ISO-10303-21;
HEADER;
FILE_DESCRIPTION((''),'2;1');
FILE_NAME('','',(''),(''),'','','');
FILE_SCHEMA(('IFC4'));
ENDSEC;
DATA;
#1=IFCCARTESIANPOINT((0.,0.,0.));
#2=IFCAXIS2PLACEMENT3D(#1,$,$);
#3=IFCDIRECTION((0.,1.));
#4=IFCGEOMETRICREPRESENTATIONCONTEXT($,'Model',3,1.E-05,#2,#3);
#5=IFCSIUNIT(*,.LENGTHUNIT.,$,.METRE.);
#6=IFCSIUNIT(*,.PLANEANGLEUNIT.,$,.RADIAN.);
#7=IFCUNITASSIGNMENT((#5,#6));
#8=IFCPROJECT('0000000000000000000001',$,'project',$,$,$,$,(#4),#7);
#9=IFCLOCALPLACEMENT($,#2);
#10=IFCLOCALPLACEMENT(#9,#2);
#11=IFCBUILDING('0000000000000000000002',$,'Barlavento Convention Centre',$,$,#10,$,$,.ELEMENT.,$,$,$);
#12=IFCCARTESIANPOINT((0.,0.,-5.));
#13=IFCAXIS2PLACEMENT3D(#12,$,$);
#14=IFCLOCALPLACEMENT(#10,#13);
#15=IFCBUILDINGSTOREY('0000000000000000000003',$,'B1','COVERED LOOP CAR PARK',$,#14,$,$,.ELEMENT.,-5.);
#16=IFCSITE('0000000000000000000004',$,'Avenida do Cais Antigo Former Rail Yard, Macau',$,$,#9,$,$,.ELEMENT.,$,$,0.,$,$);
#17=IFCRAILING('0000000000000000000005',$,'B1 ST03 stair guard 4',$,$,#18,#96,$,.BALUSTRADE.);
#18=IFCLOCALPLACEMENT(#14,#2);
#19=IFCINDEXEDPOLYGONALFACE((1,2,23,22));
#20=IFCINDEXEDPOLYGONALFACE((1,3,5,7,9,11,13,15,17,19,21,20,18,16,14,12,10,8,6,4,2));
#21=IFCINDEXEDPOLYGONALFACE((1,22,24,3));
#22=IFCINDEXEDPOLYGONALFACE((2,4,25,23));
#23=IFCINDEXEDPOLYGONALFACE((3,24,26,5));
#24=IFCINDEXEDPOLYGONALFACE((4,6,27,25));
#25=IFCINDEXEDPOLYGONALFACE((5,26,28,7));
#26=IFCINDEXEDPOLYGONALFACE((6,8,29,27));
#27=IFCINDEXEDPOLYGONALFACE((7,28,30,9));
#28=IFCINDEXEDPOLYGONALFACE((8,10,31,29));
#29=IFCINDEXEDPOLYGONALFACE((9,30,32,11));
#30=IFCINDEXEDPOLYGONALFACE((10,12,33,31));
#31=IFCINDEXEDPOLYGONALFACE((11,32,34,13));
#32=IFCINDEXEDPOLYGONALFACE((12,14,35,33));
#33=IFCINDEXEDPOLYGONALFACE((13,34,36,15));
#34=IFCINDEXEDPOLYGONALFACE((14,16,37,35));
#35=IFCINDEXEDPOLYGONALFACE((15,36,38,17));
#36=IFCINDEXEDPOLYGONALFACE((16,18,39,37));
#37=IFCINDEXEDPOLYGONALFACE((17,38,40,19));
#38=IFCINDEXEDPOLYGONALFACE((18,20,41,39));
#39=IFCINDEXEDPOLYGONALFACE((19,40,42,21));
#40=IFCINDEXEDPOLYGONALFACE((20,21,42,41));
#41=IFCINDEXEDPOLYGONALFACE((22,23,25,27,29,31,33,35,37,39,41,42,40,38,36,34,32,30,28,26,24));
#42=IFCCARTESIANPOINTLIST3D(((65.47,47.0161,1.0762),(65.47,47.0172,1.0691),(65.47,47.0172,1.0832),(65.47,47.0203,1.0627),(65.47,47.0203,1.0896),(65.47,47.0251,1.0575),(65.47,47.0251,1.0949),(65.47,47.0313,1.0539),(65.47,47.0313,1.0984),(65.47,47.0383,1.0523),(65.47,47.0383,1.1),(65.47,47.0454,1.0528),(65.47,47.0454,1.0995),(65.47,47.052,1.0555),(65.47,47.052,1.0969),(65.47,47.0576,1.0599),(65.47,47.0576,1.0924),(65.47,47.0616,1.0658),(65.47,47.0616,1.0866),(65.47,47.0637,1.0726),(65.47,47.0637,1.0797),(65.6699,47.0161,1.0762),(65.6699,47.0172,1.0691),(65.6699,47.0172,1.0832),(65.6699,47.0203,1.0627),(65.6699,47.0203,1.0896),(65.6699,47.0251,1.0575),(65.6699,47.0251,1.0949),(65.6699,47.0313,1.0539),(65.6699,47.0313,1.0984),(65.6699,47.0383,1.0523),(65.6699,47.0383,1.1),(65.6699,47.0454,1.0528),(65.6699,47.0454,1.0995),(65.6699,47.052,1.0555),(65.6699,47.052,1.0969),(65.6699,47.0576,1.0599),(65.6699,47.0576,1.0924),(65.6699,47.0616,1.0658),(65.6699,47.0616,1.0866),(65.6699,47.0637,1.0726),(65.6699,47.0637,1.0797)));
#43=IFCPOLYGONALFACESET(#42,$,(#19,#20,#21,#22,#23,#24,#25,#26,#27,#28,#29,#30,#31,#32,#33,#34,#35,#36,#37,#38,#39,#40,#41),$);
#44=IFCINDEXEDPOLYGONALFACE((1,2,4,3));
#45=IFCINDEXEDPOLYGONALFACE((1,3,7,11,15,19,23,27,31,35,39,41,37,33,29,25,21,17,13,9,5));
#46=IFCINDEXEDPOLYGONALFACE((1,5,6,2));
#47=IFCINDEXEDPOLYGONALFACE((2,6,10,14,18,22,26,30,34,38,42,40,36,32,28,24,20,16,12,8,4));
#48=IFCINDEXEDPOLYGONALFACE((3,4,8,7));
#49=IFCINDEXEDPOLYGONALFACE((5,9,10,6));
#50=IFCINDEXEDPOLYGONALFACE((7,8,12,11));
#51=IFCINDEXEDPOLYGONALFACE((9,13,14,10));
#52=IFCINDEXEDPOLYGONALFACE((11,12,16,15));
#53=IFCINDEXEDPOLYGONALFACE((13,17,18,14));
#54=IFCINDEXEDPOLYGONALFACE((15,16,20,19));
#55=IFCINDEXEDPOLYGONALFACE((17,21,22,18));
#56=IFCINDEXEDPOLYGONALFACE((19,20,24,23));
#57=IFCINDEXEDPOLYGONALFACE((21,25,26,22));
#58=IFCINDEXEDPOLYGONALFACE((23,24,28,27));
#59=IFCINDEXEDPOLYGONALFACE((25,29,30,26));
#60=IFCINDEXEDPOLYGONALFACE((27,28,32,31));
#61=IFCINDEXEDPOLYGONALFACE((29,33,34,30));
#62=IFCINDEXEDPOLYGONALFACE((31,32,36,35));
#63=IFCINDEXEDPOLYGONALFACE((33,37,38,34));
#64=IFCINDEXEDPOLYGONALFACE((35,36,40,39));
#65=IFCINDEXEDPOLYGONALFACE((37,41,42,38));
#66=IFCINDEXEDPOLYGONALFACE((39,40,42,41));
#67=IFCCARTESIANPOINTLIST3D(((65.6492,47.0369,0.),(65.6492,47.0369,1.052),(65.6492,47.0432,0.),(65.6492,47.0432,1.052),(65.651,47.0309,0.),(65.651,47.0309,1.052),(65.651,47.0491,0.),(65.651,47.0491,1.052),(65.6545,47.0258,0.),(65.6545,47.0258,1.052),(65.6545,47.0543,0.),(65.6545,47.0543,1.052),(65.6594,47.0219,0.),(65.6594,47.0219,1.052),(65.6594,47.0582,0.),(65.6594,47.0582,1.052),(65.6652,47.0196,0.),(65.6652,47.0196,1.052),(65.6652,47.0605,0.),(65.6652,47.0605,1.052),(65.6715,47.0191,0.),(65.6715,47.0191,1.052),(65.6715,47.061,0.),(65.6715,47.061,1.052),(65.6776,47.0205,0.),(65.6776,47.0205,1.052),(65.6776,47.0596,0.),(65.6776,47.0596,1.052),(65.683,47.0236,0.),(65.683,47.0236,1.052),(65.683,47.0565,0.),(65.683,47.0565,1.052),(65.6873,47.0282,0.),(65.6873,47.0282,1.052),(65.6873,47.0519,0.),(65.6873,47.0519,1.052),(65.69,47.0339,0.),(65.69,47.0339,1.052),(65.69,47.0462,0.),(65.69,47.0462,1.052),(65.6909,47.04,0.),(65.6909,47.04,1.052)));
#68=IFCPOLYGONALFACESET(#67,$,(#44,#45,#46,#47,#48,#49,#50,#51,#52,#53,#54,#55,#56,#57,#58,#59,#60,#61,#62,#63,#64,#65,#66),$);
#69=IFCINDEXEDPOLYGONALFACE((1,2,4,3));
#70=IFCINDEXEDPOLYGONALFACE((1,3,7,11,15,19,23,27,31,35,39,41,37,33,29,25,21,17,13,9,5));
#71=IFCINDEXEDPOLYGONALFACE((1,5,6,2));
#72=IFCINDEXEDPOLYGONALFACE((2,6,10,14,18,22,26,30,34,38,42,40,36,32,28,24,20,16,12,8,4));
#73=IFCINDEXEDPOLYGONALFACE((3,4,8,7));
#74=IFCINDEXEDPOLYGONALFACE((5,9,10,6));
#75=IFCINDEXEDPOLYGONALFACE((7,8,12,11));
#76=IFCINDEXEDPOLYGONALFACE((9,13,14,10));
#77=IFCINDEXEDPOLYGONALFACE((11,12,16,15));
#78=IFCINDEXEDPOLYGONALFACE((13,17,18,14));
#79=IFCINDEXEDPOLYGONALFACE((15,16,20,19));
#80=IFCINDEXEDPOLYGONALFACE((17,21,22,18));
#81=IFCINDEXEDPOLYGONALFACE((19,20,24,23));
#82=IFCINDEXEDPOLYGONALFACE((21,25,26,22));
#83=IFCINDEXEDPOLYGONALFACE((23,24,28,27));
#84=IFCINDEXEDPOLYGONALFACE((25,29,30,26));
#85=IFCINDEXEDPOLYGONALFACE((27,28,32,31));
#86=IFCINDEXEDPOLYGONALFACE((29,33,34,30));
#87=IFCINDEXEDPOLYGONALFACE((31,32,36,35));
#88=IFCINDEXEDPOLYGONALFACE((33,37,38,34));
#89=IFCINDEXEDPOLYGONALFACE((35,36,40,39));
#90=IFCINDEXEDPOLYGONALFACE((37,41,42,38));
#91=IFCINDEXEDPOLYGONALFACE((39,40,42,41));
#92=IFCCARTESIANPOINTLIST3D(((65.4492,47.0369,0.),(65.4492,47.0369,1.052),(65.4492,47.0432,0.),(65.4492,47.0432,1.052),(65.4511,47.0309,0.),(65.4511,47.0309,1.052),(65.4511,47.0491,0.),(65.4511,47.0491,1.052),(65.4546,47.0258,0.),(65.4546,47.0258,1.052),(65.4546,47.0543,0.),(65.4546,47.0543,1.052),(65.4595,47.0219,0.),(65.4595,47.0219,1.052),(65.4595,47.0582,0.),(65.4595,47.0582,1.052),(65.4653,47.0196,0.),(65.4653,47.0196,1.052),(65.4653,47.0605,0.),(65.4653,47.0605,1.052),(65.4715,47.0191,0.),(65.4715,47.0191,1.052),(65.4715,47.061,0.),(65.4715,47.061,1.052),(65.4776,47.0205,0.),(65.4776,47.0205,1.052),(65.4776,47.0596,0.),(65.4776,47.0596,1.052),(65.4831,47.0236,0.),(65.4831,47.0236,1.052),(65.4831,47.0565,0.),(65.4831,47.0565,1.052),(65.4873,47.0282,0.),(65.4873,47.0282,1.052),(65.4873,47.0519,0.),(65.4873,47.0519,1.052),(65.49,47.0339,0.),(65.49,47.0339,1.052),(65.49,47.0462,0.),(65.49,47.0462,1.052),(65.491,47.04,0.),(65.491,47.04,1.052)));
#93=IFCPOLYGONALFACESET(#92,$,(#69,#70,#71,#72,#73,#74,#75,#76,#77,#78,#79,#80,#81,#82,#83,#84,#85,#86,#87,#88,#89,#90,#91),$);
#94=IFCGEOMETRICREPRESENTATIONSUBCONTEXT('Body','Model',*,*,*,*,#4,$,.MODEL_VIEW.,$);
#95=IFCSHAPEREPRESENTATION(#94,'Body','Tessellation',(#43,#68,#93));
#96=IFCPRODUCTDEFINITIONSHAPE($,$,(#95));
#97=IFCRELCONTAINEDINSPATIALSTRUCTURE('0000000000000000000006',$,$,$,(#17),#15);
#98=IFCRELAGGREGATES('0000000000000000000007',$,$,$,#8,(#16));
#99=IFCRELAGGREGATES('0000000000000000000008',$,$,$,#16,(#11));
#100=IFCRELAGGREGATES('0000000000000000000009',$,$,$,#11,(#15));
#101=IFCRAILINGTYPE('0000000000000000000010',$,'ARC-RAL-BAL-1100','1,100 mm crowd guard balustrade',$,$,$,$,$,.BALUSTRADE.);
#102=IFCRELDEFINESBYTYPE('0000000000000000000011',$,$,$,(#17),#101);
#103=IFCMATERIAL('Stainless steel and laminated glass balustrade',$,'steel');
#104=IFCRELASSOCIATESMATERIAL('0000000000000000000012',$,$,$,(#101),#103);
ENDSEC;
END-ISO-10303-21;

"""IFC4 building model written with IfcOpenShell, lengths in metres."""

from ifc_helpers import new_model, si_unit, direction, frame, origin, origin_2d, place, context, subcontext, project, spatial, circle, extrude, material, type_object, element, save


model = new_model("IFC4")

# Units and contexts
model_context = context("Model", 3, precision=1e-05, world=origin(), true_north=direction((0.0, 1.0)))
body_context = subcontext(model_context, "Body", "Model", "MODEL_VIEW")
ifc_project = project(units=[si_unit("LENGTHUNIT", "METRE"), si_unit("PLANEANGLEUNIT", "RADIAN")], contexts=[model_context])

# Site, building, storey
site_placement = place(None, origin())
site = spatial("IfcSite", under=ifc_project, at=site_placement, Name="Avenida do Cais Antigo Former Rail Yard, Macau", CompositionType="ELEMENT", RefElevation=0.0)
building_placement = place(site_placement, origin())
building = spatial("IfcBuilding", under=site, at=building_placement, Name="Barlavento Convention Centre", CompositionType="ELEMENT")
storey_placement = place(building_placement, frame((0.0, 0.0, -5.0)))
storey = spatial("IfcBuildingStorey", under=building, at=storey_placement, Name="B1", Description="COVERED LOOP CAR PARK", CompositionType="ELEMENT", Elevation=-5.0)

# Railing
ifc_material_1 = material(Name="Stainless steel and laminated glass balustrade", Category="steel")
railing_type_1 = type_object("IfcRailingType", Name="ARC-RAL-BAL-1100", Description="1,100 mm crowd guard balustrade", PredefinedType="BALUSTRADE", material=ifc_material_1)
railing_1_placement = place(storey_placement, frame((65.6699, 47.04, 0.0)))
element("IfcRailing", 1, at=railing_1_placement, inside=storey, type_object=railing_type_1, Name="B1 ST03 stair guard 4", PredefinedType="BALUSTRADE", context=body_context, shape_type="SweptSolid", body=[
    extrude(circle(Radius=0.0239, at=origin_2d()), frame((0.0, 0.0, 1.0762), z_axis=(-1.0, 0.0, 0.0), x_axis=(0.0, -1.0, 0.0)), (0.0, 0.0, 1.0), 0.2),
    extrude(circle(Radius=0.021, at=origin_2d()), origin(), (0.0, 0.0, 1.0), 1.052),
    extrude(circle(Radius=0.021, at=origin_2d()), frame((-0.2, 0.0, 0.0)), (0.0, 0.0, 1.0), 1.052),
])

save(model, "model.ifc")
